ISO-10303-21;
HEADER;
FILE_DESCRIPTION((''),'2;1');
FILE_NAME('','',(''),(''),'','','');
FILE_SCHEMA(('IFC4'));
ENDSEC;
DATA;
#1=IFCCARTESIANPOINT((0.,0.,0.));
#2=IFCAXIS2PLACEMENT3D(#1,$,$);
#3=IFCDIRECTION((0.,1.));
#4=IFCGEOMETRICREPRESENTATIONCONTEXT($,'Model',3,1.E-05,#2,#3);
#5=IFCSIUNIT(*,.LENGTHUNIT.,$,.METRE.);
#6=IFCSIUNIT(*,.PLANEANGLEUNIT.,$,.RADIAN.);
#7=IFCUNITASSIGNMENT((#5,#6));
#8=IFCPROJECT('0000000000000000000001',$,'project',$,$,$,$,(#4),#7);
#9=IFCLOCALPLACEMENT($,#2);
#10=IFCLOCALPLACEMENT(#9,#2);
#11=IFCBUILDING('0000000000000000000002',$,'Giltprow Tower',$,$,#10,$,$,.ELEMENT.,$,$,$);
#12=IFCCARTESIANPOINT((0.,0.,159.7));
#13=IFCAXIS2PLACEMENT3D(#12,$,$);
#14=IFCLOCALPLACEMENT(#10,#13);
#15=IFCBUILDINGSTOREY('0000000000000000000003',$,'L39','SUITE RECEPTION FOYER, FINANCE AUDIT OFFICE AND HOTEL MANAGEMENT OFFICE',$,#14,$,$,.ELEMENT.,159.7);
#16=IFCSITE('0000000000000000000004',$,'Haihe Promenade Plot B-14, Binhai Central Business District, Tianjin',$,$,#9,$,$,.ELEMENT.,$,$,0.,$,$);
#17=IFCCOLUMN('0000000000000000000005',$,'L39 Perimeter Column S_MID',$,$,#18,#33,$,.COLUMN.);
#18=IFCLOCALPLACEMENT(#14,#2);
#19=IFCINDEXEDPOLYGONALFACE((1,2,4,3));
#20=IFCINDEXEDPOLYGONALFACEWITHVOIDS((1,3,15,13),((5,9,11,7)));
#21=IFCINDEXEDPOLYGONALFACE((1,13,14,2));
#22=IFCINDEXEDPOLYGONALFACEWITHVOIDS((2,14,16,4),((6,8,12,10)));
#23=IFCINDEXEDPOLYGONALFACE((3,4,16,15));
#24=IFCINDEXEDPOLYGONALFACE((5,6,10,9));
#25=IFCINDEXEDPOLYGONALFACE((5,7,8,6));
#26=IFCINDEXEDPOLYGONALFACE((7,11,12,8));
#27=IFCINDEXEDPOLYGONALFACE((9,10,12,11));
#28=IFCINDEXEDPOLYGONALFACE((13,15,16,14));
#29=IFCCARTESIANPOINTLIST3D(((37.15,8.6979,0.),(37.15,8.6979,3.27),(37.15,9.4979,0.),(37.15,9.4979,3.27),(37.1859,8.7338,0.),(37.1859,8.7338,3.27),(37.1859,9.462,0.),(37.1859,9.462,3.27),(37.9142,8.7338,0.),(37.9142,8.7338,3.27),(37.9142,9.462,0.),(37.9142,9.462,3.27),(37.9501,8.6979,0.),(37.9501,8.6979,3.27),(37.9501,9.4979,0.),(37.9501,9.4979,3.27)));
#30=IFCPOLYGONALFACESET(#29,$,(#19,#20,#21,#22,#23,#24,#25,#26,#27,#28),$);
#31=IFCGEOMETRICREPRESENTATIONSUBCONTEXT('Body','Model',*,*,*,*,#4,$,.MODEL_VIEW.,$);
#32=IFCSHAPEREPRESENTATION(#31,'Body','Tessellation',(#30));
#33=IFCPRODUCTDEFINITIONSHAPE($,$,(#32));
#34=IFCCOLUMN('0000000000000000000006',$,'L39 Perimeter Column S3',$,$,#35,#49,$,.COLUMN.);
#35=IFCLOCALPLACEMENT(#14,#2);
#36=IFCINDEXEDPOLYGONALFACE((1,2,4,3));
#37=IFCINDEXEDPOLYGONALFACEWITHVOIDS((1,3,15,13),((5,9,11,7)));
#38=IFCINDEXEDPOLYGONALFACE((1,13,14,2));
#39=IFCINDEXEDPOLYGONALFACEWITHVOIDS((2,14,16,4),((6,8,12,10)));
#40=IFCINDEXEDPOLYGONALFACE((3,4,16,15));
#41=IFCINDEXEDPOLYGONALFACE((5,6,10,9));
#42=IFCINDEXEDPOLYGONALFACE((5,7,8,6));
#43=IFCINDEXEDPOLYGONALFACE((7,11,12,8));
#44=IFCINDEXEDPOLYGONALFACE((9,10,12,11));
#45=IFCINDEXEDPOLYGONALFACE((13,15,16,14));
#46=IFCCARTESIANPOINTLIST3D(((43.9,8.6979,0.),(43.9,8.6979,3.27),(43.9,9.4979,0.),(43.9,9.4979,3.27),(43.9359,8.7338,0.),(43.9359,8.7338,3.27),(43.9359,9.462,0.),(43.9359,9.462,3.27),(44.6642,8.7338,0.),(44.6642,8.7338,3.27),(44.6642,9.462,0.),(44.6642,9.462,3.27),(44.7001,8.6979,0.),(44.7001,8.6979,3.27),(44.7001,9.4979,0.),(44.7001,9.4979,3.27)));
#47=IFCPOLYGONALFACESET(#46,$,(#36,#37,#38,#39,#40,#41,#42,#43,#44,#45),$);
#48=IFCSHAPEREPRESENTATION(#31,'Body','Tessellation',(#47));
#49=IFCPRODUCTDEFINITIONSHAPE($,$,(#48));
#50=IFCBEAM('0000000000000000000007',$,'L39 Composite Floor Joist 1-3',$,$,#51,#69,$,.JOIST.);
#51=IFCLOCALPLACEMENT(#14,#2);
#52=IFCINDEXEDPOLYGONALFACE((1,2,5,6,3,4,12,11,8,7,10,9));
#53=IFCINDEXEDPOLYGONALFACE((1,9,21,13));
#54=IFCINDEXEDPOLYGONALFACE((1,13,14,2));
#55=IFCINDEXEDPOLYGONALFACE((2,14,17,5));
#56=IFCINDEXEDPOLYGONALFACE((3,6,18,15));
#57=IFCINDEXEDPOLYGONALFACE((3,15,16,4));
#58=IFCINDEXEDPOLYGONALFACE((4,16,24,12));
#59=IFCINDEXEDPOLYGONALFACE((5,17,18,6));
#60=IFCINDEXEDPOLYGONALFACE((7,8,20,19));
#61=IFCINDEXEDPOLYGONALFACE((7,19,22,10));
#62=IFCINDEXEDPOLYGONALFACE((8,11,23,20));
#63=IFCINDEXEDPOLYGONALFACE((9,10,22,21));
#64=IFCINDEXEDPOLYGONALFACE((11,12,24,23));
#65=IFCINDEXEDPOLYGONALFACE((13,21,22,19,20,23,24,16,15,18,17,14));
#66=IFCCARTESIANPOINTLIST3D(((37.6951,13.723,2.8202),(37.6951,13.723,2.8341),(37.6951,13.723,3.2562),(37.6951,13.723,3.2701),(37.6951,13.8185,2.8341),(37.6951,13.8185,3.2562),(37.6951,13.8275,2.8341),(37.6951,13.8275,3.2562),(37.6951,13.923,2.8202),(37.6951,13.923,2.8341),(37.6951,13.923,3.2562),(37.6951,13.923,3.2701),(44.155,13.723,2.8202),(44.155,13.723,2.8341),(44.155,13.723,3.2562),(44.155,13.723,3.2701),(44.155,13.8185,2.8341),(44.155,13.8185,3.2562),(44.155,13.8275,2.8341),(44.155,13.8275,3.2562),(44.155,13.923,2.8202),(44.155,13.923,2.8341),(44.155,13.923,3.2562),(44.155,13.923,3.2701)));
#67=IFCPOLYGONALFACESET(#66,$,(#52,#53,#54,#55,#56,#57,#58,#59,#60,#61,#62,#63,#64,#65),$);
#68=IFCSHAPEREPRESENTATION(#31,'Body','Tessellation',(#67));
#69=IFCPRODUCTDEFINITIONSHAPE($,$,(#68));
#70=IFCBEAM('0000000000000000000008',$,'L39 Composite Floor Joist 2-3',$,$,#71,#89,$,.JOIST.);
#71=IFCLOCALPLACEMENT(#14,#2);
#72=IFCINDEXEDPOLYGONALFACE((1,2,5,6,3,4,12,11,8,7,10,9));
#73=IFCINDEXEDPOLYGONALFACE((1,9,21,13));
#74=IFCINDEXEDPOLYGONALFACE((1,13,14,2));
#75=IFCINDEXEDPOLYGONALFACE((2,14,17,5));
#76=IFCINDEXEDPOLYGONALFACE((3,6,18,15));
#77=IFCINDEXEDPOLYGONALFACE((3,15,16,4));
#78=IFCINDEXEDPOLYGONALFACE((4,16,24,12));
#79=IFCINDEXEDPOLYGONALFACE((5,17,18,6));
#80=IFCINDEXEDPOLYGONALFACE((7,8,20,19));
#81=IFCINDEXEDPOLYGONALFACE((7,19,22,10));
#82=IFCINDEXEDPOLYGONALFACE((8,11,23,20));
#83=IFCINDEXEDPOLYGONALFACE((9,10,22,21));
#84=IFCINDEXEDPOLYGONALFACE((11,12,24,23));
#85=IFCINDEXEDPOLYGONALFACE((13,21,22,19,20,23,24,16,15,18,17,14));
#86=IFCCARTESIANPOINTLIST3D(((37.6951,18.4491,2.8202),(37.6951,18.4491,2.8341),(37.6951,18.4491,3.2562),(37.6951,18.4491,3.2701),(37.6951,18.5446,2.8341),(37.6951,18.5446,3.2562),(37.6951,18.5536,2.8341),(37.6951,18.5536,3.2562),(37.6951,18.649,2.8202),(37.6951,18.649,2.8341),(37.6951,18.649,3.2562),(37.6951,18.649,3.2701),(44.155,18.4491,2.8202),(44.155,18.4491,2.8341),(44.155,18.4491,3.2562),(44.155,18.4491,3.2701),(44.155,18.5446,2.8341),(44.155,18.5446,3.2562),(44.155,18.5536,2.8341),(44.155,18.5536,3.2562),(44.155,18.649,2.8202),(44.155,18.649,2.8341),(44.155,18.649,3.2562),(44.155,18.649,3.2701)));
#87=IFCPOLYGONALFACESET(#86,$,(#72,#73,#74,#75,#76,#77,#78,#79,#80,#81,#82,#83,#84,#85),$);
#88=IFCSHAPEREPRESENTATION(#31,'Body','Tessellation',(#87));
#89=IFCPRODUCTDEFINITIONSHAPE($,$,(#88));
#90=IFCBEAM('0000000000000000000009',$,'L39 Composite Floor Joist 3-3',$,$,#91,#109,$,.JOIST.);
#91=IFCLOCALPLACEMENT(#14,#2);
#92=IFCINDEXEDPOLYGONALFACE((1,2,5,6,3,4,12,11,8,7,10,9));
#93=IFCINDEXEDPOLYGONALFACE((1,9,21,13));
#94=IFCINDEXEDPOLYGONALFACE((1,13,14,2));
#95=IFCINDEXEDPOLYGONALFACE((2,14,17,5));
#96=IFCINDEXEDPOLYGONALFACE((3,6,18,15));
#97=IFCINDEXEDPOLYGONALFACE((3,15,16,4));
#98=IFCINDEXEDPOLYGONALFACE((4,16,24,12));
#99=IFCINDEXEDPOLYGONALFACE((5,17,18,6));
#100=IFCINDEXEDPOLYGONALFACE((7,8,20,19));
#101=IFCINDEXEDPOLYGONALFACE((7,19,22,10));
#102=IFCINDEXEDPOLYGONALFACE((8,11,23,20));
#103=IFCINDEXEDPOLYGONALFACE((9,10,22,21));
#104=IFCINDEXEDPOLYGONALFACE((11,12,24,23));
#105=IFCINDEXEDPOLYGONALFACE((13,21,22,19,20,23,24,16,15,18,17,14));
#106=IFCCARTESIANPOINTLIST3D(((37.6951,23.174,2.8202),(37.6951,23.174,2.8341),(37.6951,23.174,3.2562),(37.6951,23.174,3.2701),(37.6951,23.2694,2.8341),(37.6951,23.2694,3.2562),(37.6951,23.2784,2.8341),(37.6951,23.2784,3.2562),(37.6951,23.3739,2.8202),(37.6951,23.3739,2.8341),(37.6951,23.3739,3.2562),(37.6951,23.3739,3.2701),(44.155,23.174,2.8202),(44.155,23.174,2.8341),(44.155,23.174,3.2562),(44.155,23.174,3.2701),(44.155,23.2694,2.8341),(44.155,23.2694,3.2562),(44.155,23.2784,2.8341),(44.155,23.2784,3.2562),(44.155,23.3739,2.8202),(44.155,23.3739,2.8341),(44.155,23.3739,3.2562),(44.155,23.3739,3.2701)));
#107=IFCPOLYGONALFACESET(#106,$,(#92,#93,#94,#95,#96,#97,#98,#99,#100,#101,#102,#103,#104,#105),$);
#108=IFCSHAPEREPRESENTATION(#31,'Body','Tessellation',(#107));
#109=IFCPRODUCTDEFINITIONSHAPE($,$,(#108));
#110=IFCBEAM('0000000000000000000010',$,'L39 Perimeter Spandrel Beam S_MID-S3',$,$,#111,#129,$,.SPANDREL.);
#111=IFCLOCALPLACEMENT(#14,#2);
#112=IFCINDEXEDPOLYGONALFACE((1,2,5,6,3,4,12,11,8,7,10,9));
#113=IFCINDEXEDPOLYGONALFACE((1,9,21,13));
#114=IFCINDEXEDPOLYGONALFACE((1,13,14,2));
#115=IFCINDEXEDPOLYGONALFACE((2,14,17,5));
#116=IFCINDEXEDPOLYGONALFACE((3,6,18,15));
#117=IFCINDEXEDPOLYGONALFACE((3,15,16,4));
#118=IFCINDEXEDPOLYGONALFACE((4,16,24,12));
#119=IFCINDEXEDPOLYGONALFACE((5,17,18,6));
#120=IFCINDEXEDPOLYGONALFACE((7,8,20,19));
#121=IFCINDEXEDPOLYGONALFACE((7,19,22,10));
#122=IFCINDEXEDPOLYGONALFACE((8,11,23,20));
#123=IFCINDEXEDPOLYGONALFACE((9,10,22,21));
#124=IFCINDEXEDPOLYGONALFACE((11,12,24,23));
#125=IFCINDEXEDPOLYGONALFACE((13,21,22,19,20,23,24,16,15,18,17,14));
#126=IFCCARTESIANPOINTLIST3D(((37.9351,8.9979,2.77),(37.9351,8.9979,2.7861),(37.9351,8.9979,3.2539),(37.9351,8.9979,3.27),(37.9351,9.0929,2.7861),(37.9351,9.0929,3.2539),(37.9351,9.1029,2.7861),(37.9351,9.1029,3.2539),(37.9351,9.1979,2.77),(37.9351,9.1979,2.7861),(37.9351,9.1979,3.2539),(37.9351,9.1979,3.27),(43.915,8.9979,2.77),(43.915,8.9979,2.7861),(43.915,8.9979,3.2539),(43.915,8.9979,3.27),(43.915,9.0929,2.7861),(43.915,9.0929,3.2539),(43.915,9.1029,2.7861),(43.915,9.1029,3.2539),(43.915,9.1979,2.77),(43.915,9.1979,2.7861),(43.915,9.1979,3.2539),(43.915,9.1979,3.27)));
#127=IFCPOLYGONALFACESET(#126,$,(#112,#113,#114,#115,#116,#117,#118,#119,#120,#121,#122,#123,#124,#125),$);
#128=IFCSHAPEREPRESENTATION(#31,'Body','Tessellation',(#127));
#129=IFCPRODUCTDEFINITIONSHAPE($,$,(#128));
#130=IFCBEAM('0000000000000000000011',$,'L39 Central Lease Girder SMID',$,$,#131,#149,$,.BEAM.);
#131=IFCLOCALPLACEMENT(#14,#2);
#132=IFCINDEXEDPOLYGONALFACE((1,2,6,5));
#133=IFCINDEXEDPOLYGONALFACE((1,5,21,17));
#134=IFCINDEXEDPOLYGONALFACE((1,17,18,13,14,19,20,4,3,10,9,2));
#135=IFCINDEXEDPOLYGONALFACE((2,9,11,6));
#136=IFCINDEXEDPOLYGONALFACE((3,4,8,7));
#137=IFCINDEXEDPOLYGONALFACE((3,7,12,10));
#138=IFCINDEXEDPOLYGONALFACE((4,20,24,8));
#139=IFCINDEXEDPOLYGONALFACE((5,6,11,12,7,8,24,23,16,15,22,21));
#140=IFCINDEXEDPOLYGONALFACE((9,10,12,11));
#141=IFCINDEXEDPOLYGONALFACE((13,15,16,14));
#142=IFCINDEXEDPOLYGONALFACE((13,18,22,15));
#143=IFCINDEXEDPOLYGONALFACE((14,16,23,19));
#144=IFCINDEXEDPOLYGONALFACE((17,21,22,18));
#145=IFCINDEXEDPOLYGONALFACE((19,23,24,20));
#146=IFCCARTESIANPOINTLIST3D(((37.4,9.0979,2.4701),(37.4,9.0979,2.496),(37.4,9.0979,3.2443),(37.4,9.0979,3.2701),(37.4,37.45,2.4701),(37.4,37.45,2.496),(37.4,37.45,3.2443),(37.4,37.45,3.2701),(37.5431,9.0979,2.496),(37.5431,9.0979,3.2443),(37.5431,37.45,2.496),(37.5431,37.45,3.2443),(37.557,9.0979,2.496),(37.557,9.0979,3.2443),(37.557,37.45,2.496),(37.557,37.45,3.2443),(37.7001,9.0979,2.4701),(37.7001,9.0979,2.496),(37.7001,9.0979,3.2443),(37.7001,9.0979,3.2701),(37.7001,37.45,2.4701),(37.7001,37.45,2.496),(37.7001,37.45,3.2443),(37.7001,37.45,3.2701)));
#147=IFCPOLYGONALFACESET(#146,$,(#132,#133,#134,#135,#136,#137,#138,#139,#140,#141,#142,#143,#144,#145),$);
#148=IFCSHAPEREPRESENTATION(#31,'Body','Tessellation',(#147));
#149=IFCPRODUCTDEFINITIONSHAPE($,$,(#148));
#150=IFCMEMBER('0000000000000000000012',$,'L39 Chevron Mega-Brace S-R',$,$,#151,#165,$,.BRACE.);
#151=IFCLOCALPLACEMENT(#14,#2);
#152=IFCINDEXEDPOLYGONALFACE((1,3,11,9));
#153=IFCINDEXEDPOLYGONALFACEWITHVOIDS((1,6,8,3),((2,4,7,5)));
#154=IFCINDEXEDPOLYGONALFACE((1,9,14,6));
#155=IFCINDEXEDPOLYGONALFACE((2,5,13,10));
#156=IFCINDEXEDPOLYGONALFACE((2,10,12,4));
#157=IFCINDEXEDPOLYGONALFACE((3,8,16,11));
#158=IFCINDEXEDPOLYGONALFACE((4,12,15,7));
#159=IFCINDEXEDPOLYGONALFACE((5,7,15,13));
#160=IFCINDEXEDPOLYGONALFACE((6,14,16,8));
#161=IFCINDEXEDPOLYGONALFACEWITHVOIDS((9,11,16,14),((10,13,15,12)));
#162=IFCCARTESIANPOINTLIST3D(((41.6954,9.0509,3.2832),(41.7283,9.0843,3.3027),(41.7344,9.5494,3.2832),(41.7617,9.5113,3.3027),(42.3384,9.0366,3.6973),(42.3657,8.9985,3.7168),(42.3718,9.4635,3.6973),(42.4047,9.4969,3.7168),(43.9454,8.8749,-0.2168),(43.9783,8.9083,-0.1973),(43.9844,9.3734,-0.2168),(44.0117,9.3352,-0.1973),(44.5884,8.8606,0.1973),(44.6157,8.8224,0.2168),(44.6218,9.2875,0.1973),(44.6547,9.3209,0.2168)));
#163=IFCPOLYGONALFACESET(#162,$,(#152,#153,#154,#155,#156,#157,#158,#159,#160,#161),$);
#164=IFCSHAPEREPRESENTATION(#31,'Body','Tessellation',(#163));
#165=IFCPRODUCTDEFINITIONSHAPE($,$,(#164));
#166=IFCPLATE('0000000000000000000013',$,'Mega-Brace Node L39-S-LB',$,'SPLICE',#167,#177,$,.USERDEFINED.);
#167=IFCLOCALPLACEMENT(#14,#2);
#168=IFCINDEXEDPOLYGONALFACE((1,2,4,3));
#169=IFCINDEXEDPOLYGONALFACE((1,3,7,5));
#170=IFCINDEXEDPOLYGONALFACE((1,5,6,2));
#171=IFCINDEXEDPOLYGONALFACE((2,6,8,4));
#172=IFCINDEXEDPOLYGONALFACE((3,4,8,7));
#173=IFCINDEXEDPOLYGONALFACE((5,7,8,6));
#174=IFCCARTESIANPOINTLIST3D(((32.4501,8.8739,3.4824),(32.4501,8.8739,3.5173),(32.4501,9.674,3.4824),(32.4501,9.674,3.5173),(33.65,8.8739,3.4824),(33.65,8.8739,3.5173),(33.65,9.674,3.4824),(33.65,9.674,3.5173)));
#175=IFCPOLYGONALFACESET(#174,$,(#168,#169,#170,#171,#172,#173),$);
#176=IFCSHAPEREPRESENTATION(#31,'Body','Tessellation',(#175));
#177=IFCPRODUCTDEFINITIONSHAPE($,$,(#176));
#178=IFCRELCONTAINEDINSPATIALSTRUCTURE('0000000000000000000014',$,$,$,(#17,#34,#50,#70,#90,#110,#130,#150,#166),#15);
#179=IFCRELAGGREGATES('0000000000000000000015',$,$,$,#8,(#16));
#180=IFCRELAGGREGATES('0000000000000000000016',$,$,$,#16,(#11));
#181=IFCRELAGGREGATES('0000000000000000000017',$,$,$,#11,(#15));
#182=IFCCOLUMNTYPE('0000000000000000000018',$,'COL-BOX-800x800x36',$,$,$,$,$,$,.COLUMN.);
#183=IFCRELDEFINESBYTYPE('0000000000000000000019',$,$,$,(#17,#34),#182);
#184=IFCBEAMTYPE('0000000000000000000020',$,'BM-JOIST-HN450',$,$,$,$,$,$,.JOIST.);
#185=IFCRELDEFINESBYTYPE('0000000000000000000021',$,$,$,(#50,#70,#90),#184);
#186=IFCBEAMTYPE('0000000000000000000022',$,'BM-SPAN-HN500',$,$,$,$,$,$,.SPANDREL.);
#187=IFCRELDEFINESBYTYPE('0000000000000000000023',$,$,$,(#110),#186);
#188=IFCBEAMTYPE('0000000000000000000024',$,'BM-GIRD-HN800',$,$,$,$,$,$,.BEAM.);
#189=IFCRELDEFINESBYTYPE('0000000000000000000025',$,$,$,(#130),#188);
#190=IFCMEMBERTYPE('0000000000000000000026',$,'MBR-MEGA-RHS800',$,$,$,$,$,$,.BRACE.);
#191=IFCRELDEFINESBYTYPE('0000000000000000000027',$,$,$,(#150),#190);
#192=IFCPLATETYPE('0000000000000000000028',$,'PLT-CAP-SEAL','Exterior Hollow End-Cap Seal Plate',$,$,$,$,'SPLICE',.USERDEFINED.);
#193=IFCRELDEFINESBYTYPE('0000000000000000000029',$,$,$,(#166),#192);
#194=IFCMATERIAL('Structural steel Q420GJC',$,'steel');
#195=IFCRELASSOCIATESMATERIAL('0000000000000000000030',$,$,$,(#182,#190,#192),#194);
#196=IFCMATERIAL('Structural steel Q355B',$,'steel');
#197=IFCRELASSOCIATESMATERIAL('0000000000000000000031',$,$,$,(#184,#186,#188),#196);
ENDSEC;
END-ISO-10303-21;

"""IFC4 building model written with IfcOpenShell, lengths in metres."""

from ifc_helpers import new_model, si_unit, direction, frame, origin, origin_2d, place, context, subcontext, project, spatial, rectangle, hollow_rectangle, i_section, extrude, source, transform, mapped, material, material_profile, profile_set, type_object, element, save


model = new_model("IFC4")

# Units and contexts
model_context = context("Model", 3, precision=1e-05, world=origin(), true_north=direction((0.0, 1.0)))
body_context = subcontext(model_context, "Body", "Model", "MODEL_VIEW")
ifc_project = project(units=[si_unit("LENGTHUNIT", "METRE"), si_unit("PLANEANGLEUNIT", "RADIAN")], contexts=[model_context])

# Site, building, storey
site_placement = place(None, origin())
site = spatial("IfcSite", under=ifc_project, at=site_placement, Name="Haihe Promenade Plot B-14, Binhai Central Business District, Tianjin", CompositionType="ELEMENT", RefElevation=0.0)
building_placement = place(site_placement, origin())
building = spatial("IfcBuilding", under=site, at=building_placement, Name="Giltprow Tower", CompositionType="ELEMENT")
storey_placement = place(building_placement, frame((0.0, 0.0, 159.7)))
storey = spatial("IfcBuildingStorey", under=building, at=storey_placement, Name="L39", Description="SUITE RECEPTION FOYER, FINANCE AUDIT OFFICE AND HOTEL MANAGEMENT OFFICE", CompositionType="ELEMENT", Elevation=159.7)

# Columns
ifc_material_1 = material(Name="Structural steel Q420GJC", Category="steel")
ifc_material_profile_1 = material_profile(ifc_material_1, hollow_rectangle(XDim=0.8, YDim=0.8, WallThickness=0.0359, at=origin_2d()), Name="BOX 800x800x36")
ifc_profile_set_1 = profile_set([ifc_material_profile_1], Name="Structural steel Q420GJC")
column_type = type_object("IfcColumnType", Name="COL-BOX-800x800x36", PredefinedType="COLUMN", material=ifc_profile_set_1)
shared_shape_1 = source(origin(), body_context, "Body", "SweptSolid", [
    extrude(hollow_rectangle(XDim=0.8, YDim=0.8, WallThickness=0.0359, at=origin_2d()), origin(), (0.0, 0.0, 1.0), 3.27),
])
for number, where, z_axis, x_axis, name in (
    (1, (37.55, 9.0979, 0.0), (0.0, 0.0, 1.0), (1.0, 0.0, 0.0), "L39 Perimeter Column S_MID"),
    (2, (44.3, 9.0979, 0.0), (0.0, 0.0, 1.0), (1.0, 0.0, 0.0), "L39 Perimeter Column S3"),
):
    element("IfcColumn", number, at=place(storey_placement, frame(where, z_axis=z_axis, x_axis=x_axis)), inside=storey, type_object=column_type, Name=name, PredefinedType="COLUMN", context=body_context, shape_type="MappedRepresentation", body=[
        mapped(shared_shape_1, transform((0.0, 0.0, 0.0), x_axis=(1.0, 0.0, 0.0), y_axis=(0.0, 1.0, 0.0), z_axis=(0.0, 0.0, 1.0), scale=1.0)),
    ])

# Beams
ifc_material_2 = material(Name="Structural steel Q355B", Category="steel")
ifc_material_profile_2 = material_profile(ifc_material_2, i_section(OverallWidth=0.2, OverallDepth=0.45, WebThickness=0.009, FlangeThickness=0.0139, at=origin_2d()), Name="HN 450x200x9x14")
ifc_profile_set_2 = profile_set([ifc_material_profile_2], Name="Structural steel Q355B")
beam_type_1 = type_object("IfcBeamType", Name="BM-JOIST-HN450", PredefinedType="JOIST", material=ifc_profile_set_2)
shared_shape_2 = source(origin(), body_context, "Body", "SweptSolid", [
    extrude(i_section(OverallWidth=0.2, OverallDepth=0.45, WebThickness=0.009, FlangeThickness=0.0139, at=origin_2d()), origin(), (0.0, 0.0, 1.0), 6.46),
])
for number, where, z_axis, x_axis, name in (
    (3, (37.6951, 13.823, 3.0452), (1.0, 0.0, 0.0), (0.0, 1.0, 0.0), "L39 Composite Floor Joist 1-3"),
    (4, (37.6951, 18.5491, 3.0452), (1.0, 0.0, 0.0), (0.0, 1.0, 0.0), "L39 Composite Floor Joist 2-3"),
    (5, (37.6951, 23.2739, 3.0452), (1.0, 0.0, 0.0), (0.0, 1.0, 0.0), "L39 Composite Floor Joist 3-3"),
):
    element("IfcBeam", number, at=place(storey_placement, frame(where, z_axis=z_axis, x_axis=x_axis)), inside=storey, type_object=beam_type_1, Name=name, PredefinedType="JOIST", context=body_context, shape_type="MappedRepresentation", body=[
        mapped(shared_shape_2, transform((0.0, 0.0, 0.0), x_axis=(1.0, 0.0, 0.0), y_axis=(0.0, 1.0, 0.0), z_axis=(0.0, 0.0, 1.0), scale=1.0)),
    ])
ifc_material_profile_3 = material_profile(ifc_material_2, i_section(OverallWidth=0.2, OverallDepth=0.5, WebThickness=0.01, FlangeThickness=0.0161, at=origin_2d()), Name="HN 500x200x10x16")
ifc_profile_set_3 = profile_set([ifc_material_profile_3], Name="Structural steel Q355B")
beam_type_2 = type_object("IfcBeamType", Name="BM-SPAN-HN500", PredefinedType="SPANDREL", material=ifc_profile_set_3)
shared_shape_3 = source(origin(), body_context, "Body", "SweptSolid", [
    extrude(i_section(OverallWidth=0.2, OverallDepth=0.5, WebThickness=0.01, FlangeThickness=0.0161, at=origin_2d()), origin(), (0.0, 0.0, 1.0), 5.98),
])
beam_1_placement = place(storey_placement, frame((37.9351, 9.0979, 3.02), z_axis=(1.0, 0.0, 0.0), x_axis=(0.0, 1.0, 0.0)))
element("IfcBeam", 6, at=beam_1_placement, inside=storey, type_object=beam_type_2, Name="L39 Perimeter Spandrel Beam S_MID-S3", PredefinedType="SPANDREL", context=body_context, shape_type="MappedRepresentation", body=[
    mapped(shared_shape_3, transform((0.0, 0.0, 0.0), x_axis=(1.0, 0.0, 0.0), y_axis=(0.0, 1.0, 0.0), z_axis=(0.0, 0.0, 1.0), scale=1.0)),
])
ifc_material_profile_4 = material_profile(ifc_material_2, i_section(OverallWidth=0.3, OverallDepth=0.8, WebThickness=0.0139, FlangeThickness=0.0259, at=origin_2d()), Name="HN 800x300x14x26")
ifc_profile_set_4 = profile_set([ifc_material_profile_4], Name="Structural steel Q355B")
beam_type_3 = type_object("IfcBeamType", Name="BM-GIRD-HN800", PredefinedType="BEAM", material=ifc_profile_set_4)
shared_shape_4 = source(origin(), body_context, "Body", "SweptSolid", [
    extrude(i_section(OverallWidth=0.3, OverallDepth=0.8, WebThickness=0.0139, FlangeThickness=0.0259, at=origin_2d()), origin(), (0.0, 0.0, 1.0), 28.3521),
])
beam_2_placement = place(storey_placement, frame((37.55, 9.0979, 2.8701), z_axis=(0.0, 1.0, 0.0), x_axis=(-1.0, 0.0, 0.0)))
element("IfcBeam", 7, at=beam_2_placement, inside=storey, type_object=beam_type_3, Name="L39 Central Lease Girder SMID", PredefinedType="BEAM", context=body_context, shape_type="MappedRepresentation", body=[
    mapped(shared_shape_4, transform((0.0, 0.0, 0.0), x_axis=(1.0, 0.0, 0.0), y_axis=(0.0, 1.0, 0.0), z_axis=(0.0, 0.0, 1.0), scale=1.0)),
])

# Member
ifc_material_profile_5 = material_profile(ifc_material_1, hollow_rectangle(XDim=0.5, YDim=0.8, WallThickness=0.0359, at=origin_2d()), Name="RHS 800x500x36")
ifc_profile_set_5 = profile_set([ifc_material_profile_5], Name="Structural steel Q420GJC")
member_type = type_object("IfcMemberType", Name="MBR-MEGA-RHS800", PredefinedType="BRACE", material=ifc_profile_set_5)
shared_shape_5 = source(origin(), body_context, "Body", "SweptSolid", [
    extrude(hollow_rectangle(XDim=0.5, YDim=0.8, WallThickness=0.0359, at=origin_2d()), origin(), (0.0, 0.0, 1.0), 4.1646),
])
member_placement = place(storey_placement, frame((44.3, 9.0979, 0.0), z_axis=(-0.540274, 0.042268, 0.840427), x_axis=(-0.077995, -0.996954, 0.0)))
element("IfcMember", 8, at=member_placement, inside=storey, type_object=member_type, Name="L39 Chevron Mega-Brace S-R", PredefinedType="BRACE", context=body_context, shape_type="MappedRepresentation", body=[
    mapped(shared_shape_5, transform((0.0, 0.0, 0.0), x_axis=(1.0, 0.0, 0.0), y_axis=(0.0, 1.0, 0.0), z_axis=(0.0, 0.0, 1.0), scale=1.0)),
])

# Plate
plate_type = type_object("IfcPlateType", Name="PLT-CAP-SEAL", Description="Exterior Hollow End-Cap Seal Plate", ElementType="SPLICE", PredefinedType="USERDEFINED", material=ifc_material_1)
shared_shape_6 = source(origin(), body_context, "Body", "SweptSolid", [
    extrude(rectangle(XDim=1.2, YDim=0.8, at=origin_2d()), origin(), (0.0, 0.0, 1.0), 0.0349),
])
for number, where, z_axis, x_axis, name in (
    (9, (33.05, 9.2739, 3.4824), (0.0, 0.0, 1.0), (1.0, 0.0, 0.0), "Mega-Brace Node L39-S-LB"),
):
    element("IfcPlate", number, at=place(storey_placement, frame(where, z_axis=z_axis, x_axis=x_axis)), inside=storey, type_object=plate_type, Name=name, ObjectType="SPLICE", PredefinedType="USERDEFINED", context=body_context, shape_type="MappedRepresentation", body=[
        mapped(shared_shape_6, transform((0.0, 0.0, 0.0), x_axis=(1.0, 0.0, 0.0), y_axis=(0.0, 1.0, 0.0), z_axis=(0.0, 0.0, 1.0), scale=1.0)),
    ])

save(model, "model.ifc")
